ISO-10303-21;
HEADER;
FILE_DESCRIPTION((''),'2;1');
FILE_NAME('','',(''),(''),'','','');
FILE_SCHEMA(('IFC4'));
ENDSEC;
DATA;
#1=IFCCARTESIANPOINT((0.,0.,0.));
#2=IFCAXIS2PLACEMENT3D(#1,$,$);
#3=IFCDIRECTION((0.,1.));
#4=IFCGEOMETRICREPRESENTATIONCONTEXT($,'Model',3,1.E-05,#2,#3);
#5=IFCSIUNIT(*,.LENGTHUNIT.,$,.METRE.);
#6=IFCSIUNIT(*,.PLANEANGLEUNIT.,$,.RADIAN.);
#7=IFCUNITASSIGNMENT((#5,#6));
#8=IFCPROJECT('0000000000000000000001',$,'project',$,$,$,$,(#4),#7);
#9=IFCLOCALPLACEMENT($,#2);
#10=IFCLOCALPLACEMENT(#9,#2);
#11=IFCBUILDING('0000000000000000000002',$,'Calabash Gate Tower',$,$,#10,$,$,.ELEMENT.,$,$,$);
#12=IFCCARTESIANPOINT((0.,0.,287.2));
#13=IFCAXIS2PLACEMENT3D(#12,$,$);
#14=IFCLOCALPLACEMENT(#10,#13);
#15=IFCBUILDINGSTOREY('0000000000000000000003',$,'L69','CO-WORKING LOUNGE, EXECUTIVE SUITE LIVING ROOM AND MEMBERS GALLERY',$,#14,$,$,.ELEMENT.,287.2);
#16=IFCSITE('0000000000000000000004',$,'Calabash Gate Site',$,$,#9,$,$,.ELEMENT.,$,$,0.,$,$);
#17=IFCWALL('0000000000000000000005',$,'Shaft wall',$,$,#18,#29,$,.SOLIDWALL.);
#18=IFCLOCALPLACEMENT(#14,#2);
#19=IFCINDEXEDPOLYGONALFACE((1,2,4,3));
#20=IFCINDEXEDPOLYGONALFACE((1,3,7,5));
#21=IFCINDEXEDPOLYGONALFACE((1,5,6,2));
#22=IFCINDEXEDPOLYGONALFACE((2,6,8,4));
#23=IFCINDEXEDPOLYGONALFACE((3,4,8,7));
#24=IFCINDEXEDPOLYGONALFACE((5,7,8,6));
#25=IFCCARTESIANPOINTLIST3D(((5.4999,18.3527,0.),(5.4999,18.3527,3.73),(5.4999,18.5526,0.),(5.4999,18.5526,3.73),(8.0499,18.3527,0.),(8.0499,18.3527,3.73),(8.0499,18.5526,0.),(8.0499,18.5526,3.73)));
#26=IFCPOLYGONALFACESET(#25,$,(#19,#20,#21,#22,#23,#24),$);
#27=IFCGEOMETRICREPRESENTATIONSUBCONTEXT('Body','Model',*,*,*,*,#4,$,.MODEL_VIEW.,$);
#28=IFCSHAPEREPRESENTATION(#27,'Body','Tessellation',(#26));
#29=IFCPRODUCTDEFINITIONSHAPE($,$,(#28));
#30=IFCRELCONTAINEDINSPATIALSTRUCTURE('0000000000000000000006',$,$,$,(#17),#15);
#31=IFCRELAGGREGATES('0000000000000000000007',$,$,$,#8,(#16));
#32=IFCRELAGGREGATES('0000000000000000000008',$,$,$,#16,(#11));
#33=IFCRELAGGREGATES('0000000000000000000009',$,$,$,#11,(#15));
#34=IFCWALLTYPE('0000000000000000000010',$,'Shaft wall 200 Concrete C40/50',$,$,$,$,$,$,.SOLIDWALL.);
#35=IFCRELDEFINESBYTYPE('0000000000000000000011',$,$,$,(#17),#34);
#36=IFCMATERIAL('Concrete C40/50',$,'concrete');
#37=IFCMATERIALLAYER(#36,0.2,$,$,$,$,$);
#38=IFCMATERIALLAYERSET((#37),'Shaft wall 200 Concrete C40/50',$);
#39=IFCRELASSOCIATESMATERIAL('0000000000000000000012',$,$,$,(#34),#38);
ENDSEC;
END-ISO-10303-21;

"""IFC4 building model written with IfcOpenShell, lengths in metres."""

from ifc_helpers import new_model, si_unit, direction, frame, frame_2d, origin, place, context, subcontext, project, spatial, rectangle, extrude, material, layer, layer_set, type_object, element, save


model = new_model("IFC4")

# Units and contexts
model_context = context("Model", 3, precision=1e-05, world=origin(), true_north=direction((0.0, 1.0)))
body_context = subcontext(model_context, "Body", "Model", "MODEL_VIEW")
ifc_project = project(units=[si_unit("LENGTHUNIT", "METRE"), si_unit("PLANEANGLEUNIT", "RADIAN")], contexts=[model_context])

# Site, building, storey
site_placement = place(None, origin())
site = spatial("IfcSite", under=ifc_project, at=site_placement, Name="Calabash Gate Site", CompositionType="ELEMENT", RefElevation=0.0)
building_placement = place(site_placement, origin())
building = spatial("IfcBuilding", under=site, at=building_placement, Name="Calabash Gate Tower", CompositionType="ELEMENT")
storey_placement = place(building_placement, frame((0.0, 0.0, 287.2)))
storey = spatial("IfcBuildingStorey", under=building, at=storey_placement, Name="L69", Description="CO-WORKING LOUNGE, EXECUTIVE SUITE LIVING ROOM AND MEMBERS GALLERY", CompositionType="ELEMENT", Elevation=287.2)

# Shared definitions
ifc_material_1 = material(Name="Concrete C40/50", Category="concrete")
ifc_layer_1 = layer(ifc_material_1, 0.2)
ifc_layer_set_1 = layer_set([ifc_layer_1], Name="Shaft wall 200 Concrete C40/50")
wall_type_1 = type_object("IfcWallType", Name="Shaft wall 200 Concrete C40/50", PredefinedType="SOLIDWALL", material=ifc_layer_set_1)

# Wall
wall_1_placement = place(storey_placement, frame((5.5, 18.4526, 0.0), z_axis=(0.0, 0.0, 1.0), x_axis=(1.0, 0.0, 0.0)))
element("IfcWall", 1, at=wall_1_placement, inside=storey, type_object=wall_type_1, Name="Shaft wall", PredefinedType="SOLIDWALL", context=body_context, shape_type="SweptSolid", body=[
    extrude(rectangle(XDim=2.55, YDim=0.2, at=frame_2d((1.2749, 0.0))), origin(), (0.0, 0.0, 1.0), 3.73),
])

save(model, "model.ifc")
